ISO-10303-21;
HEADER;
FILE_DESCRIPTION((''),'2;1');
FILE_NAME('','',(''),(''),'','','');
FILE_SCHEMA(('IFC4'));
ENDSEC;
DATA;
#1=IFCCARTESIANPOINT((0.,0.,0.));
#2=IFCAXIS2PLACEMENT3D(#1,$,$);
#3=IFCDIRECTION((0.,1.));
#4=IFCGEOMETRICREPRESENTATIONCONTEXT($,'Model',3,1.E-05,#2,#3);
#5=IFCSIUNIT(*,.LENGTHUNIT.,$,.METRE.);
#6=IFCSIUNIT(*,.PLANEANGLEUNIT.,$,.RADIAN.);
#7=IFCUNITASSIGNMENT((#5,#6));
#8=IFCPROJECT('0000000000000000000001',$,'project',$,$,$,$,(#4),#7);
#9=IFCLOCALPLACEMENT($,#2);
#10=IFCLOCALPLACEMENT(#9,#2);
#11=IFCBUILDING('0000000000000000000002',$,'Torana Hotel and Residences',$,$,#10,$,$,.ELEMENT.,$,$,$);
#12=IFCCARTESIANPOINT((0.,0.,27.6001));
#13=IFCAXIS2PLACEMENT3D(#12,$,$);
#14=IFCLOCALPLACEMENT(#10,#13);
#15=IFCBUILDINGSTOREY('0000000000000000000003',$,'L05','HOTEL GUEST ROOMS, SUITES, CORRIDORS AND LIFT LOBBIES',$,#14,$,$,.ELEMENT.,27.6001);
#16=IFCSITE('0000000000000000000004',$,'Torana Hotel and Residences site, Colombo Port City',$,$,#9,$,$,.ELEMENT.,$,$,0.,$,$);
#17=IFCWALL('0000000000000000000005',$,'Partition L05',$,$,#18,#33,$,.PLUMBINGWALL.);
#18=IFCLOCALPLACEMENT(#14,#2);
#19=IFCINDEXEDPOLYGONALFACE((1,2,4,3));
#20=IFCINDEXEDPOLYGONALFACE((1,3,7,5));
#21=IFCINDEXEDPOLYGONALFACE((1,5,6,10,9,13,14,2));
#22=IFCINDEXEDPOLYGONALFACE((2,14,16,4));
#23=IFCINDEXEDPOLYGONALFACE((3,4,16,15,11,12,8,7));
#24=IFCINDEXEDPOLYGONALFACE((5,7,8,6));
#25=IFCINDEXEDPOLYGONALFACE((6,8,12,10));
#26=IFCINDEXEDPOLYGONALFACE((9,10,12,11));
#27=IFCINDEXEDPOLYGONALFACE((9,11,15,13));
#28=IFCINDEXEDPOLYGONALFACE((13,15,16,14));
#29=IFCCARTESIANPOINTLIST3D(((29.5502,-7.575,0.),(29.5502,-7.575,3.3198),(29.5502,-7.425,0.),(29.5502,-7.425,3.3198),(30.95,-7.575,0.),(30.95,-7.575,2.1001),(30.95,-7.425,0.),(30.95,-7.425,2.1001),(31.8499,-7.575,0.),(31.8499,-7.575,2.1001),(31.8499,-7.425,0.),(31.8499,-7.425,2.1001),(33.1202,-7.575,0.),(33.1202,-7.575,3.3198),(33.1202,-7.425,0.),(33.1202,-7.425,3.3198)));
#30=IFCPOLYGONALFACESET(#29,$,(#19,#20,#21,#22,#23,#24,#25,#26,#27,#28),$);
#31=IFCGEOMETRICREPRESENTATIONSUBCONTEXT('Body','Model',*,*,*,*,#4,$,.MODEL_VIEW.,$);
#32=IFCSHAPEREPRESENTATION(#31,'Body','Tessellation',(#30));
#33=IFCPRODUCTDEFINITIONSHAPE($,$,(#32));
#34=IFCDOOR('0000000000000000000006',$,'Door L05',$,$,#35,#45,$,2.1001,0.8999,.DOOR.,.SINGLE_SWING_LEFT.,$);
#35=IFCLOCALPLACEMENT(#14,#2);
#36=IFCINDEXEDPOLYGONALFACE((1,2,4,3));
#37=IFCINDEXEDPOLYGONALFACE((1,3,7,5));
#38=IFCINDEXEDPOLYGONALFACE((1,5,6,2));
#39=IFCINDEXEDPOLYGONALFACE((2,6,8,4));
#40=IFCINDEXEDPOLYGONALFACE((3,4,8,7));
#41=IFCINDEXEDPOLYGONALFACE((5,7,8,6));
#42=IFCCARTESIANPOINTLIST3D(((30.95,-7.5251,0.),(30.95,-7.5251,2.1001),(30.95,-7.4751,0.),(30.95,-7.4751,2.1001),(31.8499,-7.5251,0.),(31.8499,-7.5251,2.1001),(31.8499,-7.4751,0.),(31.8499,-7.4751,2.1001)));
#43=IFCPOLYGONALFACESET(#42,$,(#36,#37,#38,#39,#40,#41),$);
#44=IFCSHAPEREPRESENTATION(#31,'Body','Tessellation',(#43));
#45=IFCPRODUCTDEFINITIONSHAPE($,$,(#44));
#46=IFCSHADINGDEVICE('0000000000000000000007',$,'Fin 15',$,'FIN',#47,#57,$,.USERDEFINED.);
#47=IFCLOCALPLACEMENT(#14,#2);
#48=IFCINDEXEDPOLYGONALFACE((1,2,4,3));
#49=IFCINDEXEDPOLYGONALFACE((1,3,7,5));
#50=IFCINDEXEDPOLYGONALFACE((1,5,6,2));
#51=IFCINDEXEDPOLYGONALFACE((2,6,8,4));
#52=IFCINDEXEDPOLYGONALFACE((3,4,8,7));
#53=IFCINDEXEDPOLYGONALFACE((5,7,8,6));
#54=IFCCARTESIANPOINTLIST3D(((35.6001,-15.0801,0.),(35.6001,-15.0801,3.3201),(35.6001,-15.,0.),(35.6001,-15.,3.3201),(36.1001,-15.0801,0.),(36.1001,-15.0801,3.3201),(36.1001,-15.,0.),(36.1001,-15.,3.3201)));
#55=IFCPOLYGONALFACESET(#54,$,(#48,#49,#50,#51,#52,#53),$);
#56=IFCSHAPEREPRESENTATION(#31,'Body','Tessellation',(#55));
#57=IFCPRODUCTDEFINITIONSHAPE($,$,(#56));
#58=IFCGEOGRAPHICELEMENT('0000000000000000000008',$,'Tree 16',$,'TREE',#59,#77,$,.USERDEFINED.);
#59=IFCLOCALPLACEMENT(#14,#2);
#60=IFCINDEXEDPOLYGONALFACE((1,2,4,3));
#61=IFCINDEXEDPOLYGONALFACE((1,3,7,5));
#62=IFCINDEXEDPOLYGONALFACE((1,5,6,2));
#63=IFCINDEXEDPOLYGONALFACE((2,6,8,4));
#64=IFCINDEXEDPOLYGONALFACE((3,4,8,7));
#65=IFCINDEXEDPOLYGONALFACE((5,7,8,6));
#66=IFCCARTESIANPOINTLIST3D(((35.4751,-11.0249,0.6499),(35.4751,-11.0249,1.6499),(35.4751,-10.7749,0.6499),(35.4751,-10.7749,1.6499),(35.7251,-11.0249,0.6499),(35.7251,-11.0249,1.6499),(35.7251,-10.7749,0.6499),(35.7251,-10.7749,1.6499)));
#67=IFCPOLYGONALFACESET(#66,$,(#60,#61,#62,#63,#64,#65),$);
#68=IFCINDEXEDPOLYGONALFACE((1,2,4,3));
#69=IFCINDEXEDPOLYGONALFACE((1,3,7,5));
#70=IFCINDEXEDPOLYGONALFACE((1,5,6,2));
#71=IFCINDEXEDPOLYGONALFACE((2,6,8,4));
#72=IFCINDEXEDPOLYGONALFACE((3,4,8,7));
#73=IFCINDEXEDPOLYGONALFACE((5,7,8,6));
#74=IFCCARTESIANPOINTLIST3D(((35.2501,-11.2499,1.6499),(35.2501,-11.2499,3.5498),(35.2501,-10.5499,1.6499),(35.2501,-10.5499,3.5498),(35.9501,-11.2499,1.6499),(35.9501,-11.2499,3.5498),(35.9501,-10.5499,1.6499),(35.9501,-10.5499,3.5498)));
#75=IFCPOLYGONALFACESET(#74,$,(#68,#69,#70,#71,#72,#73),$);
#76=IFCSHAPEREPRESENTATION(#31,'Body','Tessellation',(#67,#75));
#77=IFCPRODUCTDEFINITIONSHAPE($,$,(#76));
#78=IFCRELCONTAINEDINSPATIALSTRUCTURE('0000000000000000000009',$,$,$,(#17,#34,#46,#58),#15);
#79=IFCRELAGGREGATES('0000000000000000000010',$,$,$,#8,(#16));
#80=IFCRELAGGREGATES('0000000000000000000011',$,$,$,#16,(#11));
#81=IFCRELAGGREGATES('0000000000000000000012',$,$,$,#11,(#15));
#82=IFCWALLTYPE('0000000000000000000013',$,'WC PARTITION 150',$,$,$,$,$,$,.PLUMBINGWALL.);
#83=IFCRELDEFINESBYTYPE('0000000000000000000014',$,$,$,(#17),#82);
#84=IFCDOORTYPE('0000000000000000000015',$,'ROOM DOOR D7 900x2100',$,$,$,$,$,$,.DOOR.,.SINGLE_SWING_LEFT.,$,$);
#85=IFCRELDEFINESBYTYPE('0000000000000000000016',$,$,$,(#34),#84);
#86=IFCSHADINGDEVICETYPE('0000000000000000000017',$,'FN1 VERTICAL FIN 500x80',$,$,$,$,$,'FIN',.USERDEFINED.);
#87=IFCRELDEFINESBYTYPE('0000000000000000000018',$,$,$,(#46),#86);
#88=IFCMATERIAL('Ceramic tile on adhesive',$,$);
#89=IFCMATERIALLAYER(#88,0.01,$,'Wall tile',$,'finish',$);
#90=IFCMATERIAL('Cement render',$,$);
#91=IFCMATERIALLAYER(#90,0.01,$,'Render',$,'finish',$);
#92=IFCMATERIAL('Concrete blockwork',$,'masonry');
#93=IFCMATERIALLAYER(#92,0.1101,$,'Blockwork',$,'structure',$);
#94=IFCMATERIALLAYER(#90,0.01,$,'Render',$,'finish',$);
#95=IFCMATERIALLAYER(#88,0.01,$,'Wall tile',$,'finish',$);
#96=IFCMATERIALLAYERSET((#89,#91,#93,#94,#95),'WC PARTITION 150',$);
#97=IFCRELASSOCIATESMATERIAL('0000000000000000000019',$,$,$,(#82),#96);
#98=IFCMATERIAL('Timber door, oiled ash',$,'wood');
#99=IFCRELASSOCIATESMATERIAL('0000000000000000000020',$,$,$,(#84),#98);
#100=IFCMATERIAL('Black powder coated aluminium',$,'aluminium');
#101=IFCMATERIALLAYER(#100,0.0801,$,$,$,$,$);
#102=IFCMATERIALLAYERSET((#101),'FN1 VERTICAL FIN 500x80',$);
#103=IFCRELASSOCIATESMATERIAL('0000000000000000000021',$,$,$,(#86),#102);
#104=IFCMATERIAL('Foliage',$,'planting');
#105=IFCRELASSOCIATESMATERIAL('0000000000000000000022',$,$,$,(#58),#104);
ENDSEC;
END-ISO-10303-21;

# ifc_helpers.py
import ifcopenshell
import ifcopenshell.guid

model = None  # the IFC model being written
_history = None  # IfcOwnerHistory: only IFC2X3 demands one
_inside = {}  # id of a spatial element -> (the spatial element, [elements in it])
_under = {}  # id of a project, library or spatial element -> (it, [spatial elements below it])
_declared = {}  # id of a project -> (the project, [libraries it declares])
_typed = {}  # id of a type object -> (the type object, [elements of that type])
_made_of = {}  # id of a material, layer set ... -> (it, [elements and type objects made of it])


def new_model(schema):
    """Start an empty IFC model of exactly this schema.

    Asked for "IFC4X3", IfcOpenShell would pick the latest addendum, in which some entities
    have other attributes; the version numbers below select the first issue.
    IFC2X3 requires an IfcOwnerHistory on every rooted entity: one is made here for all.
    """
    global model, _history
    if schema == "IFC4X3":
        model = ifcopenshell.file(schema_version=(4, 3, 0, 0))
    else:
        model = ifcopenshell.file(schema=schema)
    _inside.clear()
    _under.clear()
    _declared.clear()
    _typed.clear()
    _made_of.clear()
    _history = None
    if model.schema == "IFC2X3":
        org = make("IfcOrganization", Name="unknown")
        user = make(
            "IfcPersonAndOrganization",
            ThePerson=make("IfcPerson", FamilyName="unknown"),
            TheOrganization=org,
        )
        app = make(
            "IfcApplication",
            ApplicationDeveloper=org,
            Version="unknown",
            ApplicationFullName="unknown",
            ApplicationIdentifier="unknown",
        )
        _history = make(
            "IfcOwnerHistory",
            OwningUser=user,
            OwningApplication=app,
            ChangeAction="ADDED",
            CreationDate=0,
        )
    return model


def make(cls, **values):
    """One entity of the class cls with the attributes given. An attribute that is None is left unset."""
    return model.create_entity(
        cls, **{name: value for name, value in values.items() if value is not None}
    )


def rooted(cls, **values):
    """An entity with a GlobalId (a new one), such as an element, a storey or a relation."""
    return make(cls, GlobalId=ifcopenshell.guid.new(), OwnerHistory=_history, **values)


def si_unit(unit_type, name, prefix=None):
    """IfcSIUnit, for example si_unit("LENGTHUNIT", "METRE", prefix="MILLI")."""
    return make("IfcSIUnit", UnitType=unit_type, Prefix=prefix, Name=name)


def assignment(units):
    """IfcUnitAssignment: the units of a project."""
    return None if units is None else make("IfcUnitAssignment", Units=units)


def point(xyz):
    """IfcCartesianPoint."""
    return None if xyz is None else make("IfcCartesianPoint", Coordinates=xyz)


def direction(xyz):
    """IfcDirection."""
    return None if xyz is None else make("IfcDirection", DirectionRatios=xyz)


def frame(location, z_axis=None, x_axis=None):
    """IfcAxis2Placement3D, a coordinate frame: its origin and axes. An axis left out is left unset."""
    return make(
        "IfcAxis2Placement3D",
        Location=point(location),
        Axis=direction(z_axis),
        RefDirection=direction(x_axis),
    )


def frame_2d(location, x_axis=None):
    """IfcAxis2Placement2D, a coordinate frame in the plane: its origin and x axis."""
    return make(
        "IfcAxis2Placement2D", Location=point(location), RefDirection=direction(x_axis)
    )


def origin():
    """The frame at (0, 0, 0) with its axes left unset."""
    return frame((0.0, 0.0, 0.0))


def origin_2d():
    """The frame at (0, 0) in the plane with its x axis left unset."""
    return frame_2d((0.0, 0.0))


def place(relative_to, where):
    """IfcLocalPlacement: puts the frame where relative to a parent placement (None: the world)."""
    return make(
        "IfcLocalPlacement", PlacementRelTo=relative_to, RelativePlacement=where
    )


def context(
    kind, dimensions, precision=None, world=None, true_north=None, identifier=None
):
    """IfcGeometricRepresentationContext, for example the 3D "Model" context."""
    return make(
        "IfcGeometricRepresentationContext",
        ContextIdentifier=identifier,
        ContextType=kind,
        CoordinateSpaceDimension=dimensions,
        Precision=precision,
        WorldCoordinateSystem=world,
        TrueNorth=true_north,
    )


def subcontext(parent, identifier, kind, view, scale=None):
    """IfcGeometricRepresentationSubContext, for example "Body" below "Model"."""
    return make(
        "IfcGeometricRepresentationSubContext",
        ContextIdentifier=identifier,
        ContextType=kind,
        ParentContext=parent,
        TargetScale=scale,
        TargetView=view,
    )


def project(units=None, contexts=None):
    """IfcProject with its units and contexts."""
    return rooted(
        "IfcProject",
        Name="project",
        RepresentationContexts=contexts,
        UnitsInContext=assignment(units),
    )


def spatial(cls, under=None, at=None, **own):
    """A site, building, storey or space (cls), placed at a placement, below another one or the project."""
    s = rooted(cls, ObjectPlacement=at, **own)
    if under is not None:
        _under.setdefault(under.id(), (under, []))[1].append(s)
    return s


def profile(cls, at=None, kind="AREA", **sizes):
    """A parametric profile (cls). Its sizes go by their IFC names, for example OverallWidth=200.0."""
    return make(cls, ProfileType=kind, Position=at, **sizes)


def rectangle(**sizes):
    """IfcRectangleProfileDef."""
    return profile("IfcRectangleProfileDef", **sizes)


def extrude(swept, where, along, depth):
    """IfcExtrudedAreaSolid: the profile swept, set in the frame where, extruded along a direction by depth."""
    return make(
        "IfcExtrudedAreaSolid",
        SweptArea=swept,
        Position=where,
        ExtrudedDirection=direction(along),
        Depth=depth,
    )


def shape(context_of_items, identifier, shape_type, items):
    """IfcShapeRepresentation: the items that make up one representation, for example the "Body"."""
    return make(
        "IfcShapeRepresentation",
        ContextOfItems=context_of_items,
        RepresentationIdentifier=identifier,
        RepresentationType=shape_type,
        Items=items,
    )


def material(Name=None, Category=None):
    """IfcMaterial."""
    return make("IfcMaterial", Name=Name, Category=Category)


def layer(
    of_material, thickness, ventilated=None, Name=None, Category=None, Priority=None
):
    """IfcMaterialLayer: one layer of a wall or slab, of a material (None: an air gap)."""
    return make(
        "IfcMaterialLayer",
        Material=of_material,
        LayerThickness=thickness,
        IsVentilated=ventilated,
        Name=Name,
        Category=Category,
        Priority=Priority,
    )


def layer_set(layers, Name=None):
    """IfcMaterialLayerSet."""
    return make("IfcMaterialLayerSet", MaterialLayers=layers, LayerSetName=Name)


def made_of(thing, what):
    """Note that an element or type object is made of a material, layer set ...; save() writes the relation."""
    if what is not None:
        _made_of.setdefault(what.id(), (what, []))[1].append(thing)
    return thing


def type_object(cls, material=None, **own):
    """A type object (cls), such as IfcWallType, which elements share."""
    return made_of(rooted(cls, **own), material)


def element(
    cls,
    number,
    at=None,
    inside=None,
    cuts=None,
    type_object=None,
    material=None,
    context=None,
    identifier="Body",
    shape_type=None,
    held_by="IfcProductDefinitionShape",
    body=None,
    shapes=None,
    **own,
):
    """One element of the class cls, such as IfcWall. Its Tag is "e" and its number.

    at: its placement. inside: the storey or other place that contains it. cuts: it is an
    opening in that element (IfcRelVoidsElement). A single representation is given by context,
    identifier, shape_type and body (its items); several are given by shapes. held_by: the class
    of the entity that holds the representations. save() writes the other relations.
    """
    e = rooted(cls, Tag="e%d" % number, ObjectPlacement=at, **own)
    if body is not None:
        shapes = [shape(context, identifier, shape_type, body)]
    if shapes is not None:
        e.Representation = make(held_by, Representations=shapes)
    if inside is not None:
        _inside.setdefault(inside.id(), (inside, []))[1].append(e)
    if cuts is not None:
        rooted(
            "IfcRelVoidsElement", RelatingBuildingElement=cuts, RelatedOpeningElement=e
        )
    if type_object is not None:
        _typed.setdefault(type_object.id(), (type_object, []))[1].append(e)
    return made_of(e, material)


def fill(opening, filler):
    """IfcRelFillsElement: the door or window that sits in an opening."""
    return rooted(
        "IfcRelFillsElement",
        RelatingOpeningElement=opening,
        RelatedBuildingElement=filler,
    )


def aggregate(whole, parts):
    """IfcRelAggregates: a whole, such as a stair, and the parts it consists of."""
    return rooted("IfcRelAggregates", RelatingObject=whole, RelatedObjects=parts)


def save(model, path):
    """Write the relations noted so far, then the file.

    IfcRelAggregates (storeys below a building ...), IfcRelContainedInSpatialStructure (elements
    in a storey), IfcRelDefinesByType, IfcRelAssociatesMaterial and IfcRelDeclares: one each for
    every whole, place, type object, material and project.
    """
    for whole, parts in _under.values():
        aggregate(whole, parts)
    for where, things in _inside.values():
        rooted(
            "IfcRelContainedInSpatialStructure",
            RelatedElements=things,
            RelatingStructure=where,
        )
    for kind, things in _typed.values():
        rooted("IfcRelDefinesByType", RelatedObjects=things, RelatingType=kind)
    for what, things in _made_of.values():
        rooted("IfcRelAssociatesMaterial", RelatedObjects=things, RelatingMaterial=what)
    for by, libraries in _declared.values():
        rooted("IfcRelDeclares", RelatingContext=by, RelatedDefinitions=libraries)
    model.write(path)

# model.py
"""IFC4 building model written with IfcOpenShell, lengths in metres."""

from ifc_helpers import new_model, si_unit, direction, frame, frame_2d, origin, origin_2d, place, context, subcontext, project, spatial, rectangle, extrude, material, layer, layer_set, type_object, element, fill, save


model = new_model("IFC4")

# Units and contexts
model_context = context("Model", 3, precision=1e-05, world=origin(), true_north=direction((0.0, 1.0)))
body_context = subcontext(model_context, "Body", "Model", "MODEL_VIEW")
ifc_project = project(units=[si_unit("LENGTHUNIT", "METRE"), si_unit("PLANEANGLEUNIT", "RADIAN")], contexts=[model_context])

# Site, building, storey
site_placement = place(None, origin())
site = spatial("IfcSite", under=ifc_project, at=site_placement, Name="Torana Hotel and Residences site, Colombo Port City", CompositionType="ELEMENT", RefElevation=0.0)
building_placement = place(site_placement, origin())
building = spatial("IfcBuilding", under=site, at=building_placement, Name="Torana Hotel and Residences", CompositionType="ELEMENT")
storey_placement = place(building_placement, frame((0.0, 0.0, 27.6001)))
storey = spatial("IfcBuildingStorey", under=building, at=storey_placement, Name="L05", Description="HOTEL GUEST ROOMS, SUITES, CORRIDORS AND LIFT LOBBIES", CompositionType="ELEMENT", Elevation=27.6001)

# Shared definitions
ifc_material_1 = material(Name="Concrete blockwork", Category="masonry")

# Wall, opening, door
ifc_material_2 = material(Name="Ceramic tile on adhesive")
ifc_layer_1 = layer(ifc_material_2, 0.01, Name="Wall tile", Category="finish")
ifc_material_3 = material(Name="Cement render")
ifc_layer_2 = layer(ifc_material_3, 0.01, Name="Render", Category="finish")
ifc_layer_3 = layer(ifc_material_1, 0.1101, Name="Blockwork", Category="structure")
ifc_layer_4 = layer(ifc_material_3, 0.01, Name="Render", Category="finish")
ifc_layer_5 = layer(ifc_material_2, 0.01, Name="Wall tile", Category="finish")
ifc_layer_set_1 = layer_set([ifc_layer_1, ifc_layer_2, ifc_layer_3, ifc_layer_4, ifc_layer_5], Name="WC PARTITION 150")
wall_type_1 = type_object("IfcWallType", Name="WC PARTITION 150", PredefinedType="PLUMBINGWALL", material=ifc_layer_set_1)
wall_1_placement = place(storey_placement, frame((29.55, -7.5, 0.0), z_axis=(0.0, 0.0, 1.0), x_axis=(1.0, 0.0, 0.0)))
wall_1 = element("IfcWall", 1, at=wall_1_placement, inside=storey, type_object=wall_type_1, Name="Partition L05", PredefinedType="PLUMBINGWALL", context=body_context, shape_type="SweptSolid", body=[
    extrude(rectangle(XDim=3.5701, YDim=0.1499, at=frame_2d((1.7852, 0.0))), origin(), (0.0, 0.0, 1.0), 3.3198),
])
opening_1_placement = place(wall_1_placement, frame((1.3999, 0.0, 0.0)))
opening_1 = element("IfcOpeningElement", 2, at=opening_1_placement, cuts=wall_1, PredefinedType="OPENING", context=body_context, shape_type="SweptSolid", body=[
    extrude(rectangle(XDim=0.8999, YDim=2.1001, at=frame_2d((0.45, 1.05))), frame((0.0, 0.085, 0.0), z_axis=(0.0, -1.0, 0.0), x_axis=(1.0, 0.0, 0.0)), (0.0, 0.0, 1.0), 0.1699),
])
ifc_material_4 = material(Name="Timber door, oiled ash", Category="wood")
door_type_1 = type_object("IfcDoorType", Name="ROOM DOOR D7 900x2100", OperationType="SINGLE_SWING_LEFT", PredefinedType="DOOR", material=ifc_material_4)
door_1_placement = place(opening_1_placement, origin())
door_1 = element("IfcDoor", 3, at=door_1_placement, inside=storey, type_object=door_type_1, Name="Door L05", OperationType="SINGLE_SWING_LEFT", OverallHeight=2.1001, OverallWidth=0.8999, PredefinedType="DOOR", context=body_context, shape_type="SweptSolid", body=[
    extrude(rectangle(XDim=0.8999, YDim=2.1001, at=frame_2d((0.45, 1.05))), frame((0.0, 0.0249, 0.0), z_axis=(0.0, -1.0, 0.0), x_axis=(1.0, 0.0, 0.0)), (0.0, 0.0, 1.0), 0.05),
])
fill(opening_1, door_1)

# Shading device
ifc_material_5 = material(Name="Black powder coated aluminium", Category="aluminium")
ifc_layer_6 = layer(ifc_material_5, 0.0801)
ifc_layer_set_2 = layer_set([ifc_layer_6], Name="FN1 VERTICAL FIN 500x80")
shading_device_type = type_object("IfcShadingDeviceType", Name="FN1 VERTICAL FIN 500x80", ElementType="FIN", PredefinedType="USERDEFINED", material=ifc_layer_set_2)
shading_device_placement = place(storey_placement, frame((35.8501, -15.04, 0.0), z_axis=(0.0, 0.0, 1.0), x_axis=(0.0, -1.0, 0.0)))
element("IfcShadingDevice", 4, at=shading_device_placement, inside=storey, type_object=shading_device_type, Name="Fin 15", ObjectType="FIN", PredefinedType="USERDEFINED", context=body_context, shape_type="SweptSolid", body=[
    extrude(rectangle(XDim=0.0801, YDim=0.5, at=origin_2d()), origin(), (0.0, 0.0, 1.0), 3.3201),
])

# Geographic element
ifc_material_6 = material(Name="Foliage", Category="planting")
geographic_element_placement = place(storey_placement, frame((35.6001, -10.8999, 0.6499), z_axis=(0.0, 0.0, 1.0), x_axis=(1.0, 0.0, 0.0)))
element("IfcGeographicElement", 5, at=geographic_element_placement, inside=storey, material=ifc_material_6, Name="Tree 16", ObjectType="TREE", PredefinedType="USERDEFINED", context=body_context, shape_type="SweptSolid", body=[
    extrude(rectangle(XDim=0.25, YDim=0.25, at=origin_2d()), origin(), (0.0, 0.0, 1.0), 1.0),
    extrude(rectangle(XDim=0.7, YDim=0.7, at=origin_2d()), frame((0.0, 0.0, 1.0)), (0.0, 0.0, 1.0), 1.8999),
])

save(model, "model.ifc")
